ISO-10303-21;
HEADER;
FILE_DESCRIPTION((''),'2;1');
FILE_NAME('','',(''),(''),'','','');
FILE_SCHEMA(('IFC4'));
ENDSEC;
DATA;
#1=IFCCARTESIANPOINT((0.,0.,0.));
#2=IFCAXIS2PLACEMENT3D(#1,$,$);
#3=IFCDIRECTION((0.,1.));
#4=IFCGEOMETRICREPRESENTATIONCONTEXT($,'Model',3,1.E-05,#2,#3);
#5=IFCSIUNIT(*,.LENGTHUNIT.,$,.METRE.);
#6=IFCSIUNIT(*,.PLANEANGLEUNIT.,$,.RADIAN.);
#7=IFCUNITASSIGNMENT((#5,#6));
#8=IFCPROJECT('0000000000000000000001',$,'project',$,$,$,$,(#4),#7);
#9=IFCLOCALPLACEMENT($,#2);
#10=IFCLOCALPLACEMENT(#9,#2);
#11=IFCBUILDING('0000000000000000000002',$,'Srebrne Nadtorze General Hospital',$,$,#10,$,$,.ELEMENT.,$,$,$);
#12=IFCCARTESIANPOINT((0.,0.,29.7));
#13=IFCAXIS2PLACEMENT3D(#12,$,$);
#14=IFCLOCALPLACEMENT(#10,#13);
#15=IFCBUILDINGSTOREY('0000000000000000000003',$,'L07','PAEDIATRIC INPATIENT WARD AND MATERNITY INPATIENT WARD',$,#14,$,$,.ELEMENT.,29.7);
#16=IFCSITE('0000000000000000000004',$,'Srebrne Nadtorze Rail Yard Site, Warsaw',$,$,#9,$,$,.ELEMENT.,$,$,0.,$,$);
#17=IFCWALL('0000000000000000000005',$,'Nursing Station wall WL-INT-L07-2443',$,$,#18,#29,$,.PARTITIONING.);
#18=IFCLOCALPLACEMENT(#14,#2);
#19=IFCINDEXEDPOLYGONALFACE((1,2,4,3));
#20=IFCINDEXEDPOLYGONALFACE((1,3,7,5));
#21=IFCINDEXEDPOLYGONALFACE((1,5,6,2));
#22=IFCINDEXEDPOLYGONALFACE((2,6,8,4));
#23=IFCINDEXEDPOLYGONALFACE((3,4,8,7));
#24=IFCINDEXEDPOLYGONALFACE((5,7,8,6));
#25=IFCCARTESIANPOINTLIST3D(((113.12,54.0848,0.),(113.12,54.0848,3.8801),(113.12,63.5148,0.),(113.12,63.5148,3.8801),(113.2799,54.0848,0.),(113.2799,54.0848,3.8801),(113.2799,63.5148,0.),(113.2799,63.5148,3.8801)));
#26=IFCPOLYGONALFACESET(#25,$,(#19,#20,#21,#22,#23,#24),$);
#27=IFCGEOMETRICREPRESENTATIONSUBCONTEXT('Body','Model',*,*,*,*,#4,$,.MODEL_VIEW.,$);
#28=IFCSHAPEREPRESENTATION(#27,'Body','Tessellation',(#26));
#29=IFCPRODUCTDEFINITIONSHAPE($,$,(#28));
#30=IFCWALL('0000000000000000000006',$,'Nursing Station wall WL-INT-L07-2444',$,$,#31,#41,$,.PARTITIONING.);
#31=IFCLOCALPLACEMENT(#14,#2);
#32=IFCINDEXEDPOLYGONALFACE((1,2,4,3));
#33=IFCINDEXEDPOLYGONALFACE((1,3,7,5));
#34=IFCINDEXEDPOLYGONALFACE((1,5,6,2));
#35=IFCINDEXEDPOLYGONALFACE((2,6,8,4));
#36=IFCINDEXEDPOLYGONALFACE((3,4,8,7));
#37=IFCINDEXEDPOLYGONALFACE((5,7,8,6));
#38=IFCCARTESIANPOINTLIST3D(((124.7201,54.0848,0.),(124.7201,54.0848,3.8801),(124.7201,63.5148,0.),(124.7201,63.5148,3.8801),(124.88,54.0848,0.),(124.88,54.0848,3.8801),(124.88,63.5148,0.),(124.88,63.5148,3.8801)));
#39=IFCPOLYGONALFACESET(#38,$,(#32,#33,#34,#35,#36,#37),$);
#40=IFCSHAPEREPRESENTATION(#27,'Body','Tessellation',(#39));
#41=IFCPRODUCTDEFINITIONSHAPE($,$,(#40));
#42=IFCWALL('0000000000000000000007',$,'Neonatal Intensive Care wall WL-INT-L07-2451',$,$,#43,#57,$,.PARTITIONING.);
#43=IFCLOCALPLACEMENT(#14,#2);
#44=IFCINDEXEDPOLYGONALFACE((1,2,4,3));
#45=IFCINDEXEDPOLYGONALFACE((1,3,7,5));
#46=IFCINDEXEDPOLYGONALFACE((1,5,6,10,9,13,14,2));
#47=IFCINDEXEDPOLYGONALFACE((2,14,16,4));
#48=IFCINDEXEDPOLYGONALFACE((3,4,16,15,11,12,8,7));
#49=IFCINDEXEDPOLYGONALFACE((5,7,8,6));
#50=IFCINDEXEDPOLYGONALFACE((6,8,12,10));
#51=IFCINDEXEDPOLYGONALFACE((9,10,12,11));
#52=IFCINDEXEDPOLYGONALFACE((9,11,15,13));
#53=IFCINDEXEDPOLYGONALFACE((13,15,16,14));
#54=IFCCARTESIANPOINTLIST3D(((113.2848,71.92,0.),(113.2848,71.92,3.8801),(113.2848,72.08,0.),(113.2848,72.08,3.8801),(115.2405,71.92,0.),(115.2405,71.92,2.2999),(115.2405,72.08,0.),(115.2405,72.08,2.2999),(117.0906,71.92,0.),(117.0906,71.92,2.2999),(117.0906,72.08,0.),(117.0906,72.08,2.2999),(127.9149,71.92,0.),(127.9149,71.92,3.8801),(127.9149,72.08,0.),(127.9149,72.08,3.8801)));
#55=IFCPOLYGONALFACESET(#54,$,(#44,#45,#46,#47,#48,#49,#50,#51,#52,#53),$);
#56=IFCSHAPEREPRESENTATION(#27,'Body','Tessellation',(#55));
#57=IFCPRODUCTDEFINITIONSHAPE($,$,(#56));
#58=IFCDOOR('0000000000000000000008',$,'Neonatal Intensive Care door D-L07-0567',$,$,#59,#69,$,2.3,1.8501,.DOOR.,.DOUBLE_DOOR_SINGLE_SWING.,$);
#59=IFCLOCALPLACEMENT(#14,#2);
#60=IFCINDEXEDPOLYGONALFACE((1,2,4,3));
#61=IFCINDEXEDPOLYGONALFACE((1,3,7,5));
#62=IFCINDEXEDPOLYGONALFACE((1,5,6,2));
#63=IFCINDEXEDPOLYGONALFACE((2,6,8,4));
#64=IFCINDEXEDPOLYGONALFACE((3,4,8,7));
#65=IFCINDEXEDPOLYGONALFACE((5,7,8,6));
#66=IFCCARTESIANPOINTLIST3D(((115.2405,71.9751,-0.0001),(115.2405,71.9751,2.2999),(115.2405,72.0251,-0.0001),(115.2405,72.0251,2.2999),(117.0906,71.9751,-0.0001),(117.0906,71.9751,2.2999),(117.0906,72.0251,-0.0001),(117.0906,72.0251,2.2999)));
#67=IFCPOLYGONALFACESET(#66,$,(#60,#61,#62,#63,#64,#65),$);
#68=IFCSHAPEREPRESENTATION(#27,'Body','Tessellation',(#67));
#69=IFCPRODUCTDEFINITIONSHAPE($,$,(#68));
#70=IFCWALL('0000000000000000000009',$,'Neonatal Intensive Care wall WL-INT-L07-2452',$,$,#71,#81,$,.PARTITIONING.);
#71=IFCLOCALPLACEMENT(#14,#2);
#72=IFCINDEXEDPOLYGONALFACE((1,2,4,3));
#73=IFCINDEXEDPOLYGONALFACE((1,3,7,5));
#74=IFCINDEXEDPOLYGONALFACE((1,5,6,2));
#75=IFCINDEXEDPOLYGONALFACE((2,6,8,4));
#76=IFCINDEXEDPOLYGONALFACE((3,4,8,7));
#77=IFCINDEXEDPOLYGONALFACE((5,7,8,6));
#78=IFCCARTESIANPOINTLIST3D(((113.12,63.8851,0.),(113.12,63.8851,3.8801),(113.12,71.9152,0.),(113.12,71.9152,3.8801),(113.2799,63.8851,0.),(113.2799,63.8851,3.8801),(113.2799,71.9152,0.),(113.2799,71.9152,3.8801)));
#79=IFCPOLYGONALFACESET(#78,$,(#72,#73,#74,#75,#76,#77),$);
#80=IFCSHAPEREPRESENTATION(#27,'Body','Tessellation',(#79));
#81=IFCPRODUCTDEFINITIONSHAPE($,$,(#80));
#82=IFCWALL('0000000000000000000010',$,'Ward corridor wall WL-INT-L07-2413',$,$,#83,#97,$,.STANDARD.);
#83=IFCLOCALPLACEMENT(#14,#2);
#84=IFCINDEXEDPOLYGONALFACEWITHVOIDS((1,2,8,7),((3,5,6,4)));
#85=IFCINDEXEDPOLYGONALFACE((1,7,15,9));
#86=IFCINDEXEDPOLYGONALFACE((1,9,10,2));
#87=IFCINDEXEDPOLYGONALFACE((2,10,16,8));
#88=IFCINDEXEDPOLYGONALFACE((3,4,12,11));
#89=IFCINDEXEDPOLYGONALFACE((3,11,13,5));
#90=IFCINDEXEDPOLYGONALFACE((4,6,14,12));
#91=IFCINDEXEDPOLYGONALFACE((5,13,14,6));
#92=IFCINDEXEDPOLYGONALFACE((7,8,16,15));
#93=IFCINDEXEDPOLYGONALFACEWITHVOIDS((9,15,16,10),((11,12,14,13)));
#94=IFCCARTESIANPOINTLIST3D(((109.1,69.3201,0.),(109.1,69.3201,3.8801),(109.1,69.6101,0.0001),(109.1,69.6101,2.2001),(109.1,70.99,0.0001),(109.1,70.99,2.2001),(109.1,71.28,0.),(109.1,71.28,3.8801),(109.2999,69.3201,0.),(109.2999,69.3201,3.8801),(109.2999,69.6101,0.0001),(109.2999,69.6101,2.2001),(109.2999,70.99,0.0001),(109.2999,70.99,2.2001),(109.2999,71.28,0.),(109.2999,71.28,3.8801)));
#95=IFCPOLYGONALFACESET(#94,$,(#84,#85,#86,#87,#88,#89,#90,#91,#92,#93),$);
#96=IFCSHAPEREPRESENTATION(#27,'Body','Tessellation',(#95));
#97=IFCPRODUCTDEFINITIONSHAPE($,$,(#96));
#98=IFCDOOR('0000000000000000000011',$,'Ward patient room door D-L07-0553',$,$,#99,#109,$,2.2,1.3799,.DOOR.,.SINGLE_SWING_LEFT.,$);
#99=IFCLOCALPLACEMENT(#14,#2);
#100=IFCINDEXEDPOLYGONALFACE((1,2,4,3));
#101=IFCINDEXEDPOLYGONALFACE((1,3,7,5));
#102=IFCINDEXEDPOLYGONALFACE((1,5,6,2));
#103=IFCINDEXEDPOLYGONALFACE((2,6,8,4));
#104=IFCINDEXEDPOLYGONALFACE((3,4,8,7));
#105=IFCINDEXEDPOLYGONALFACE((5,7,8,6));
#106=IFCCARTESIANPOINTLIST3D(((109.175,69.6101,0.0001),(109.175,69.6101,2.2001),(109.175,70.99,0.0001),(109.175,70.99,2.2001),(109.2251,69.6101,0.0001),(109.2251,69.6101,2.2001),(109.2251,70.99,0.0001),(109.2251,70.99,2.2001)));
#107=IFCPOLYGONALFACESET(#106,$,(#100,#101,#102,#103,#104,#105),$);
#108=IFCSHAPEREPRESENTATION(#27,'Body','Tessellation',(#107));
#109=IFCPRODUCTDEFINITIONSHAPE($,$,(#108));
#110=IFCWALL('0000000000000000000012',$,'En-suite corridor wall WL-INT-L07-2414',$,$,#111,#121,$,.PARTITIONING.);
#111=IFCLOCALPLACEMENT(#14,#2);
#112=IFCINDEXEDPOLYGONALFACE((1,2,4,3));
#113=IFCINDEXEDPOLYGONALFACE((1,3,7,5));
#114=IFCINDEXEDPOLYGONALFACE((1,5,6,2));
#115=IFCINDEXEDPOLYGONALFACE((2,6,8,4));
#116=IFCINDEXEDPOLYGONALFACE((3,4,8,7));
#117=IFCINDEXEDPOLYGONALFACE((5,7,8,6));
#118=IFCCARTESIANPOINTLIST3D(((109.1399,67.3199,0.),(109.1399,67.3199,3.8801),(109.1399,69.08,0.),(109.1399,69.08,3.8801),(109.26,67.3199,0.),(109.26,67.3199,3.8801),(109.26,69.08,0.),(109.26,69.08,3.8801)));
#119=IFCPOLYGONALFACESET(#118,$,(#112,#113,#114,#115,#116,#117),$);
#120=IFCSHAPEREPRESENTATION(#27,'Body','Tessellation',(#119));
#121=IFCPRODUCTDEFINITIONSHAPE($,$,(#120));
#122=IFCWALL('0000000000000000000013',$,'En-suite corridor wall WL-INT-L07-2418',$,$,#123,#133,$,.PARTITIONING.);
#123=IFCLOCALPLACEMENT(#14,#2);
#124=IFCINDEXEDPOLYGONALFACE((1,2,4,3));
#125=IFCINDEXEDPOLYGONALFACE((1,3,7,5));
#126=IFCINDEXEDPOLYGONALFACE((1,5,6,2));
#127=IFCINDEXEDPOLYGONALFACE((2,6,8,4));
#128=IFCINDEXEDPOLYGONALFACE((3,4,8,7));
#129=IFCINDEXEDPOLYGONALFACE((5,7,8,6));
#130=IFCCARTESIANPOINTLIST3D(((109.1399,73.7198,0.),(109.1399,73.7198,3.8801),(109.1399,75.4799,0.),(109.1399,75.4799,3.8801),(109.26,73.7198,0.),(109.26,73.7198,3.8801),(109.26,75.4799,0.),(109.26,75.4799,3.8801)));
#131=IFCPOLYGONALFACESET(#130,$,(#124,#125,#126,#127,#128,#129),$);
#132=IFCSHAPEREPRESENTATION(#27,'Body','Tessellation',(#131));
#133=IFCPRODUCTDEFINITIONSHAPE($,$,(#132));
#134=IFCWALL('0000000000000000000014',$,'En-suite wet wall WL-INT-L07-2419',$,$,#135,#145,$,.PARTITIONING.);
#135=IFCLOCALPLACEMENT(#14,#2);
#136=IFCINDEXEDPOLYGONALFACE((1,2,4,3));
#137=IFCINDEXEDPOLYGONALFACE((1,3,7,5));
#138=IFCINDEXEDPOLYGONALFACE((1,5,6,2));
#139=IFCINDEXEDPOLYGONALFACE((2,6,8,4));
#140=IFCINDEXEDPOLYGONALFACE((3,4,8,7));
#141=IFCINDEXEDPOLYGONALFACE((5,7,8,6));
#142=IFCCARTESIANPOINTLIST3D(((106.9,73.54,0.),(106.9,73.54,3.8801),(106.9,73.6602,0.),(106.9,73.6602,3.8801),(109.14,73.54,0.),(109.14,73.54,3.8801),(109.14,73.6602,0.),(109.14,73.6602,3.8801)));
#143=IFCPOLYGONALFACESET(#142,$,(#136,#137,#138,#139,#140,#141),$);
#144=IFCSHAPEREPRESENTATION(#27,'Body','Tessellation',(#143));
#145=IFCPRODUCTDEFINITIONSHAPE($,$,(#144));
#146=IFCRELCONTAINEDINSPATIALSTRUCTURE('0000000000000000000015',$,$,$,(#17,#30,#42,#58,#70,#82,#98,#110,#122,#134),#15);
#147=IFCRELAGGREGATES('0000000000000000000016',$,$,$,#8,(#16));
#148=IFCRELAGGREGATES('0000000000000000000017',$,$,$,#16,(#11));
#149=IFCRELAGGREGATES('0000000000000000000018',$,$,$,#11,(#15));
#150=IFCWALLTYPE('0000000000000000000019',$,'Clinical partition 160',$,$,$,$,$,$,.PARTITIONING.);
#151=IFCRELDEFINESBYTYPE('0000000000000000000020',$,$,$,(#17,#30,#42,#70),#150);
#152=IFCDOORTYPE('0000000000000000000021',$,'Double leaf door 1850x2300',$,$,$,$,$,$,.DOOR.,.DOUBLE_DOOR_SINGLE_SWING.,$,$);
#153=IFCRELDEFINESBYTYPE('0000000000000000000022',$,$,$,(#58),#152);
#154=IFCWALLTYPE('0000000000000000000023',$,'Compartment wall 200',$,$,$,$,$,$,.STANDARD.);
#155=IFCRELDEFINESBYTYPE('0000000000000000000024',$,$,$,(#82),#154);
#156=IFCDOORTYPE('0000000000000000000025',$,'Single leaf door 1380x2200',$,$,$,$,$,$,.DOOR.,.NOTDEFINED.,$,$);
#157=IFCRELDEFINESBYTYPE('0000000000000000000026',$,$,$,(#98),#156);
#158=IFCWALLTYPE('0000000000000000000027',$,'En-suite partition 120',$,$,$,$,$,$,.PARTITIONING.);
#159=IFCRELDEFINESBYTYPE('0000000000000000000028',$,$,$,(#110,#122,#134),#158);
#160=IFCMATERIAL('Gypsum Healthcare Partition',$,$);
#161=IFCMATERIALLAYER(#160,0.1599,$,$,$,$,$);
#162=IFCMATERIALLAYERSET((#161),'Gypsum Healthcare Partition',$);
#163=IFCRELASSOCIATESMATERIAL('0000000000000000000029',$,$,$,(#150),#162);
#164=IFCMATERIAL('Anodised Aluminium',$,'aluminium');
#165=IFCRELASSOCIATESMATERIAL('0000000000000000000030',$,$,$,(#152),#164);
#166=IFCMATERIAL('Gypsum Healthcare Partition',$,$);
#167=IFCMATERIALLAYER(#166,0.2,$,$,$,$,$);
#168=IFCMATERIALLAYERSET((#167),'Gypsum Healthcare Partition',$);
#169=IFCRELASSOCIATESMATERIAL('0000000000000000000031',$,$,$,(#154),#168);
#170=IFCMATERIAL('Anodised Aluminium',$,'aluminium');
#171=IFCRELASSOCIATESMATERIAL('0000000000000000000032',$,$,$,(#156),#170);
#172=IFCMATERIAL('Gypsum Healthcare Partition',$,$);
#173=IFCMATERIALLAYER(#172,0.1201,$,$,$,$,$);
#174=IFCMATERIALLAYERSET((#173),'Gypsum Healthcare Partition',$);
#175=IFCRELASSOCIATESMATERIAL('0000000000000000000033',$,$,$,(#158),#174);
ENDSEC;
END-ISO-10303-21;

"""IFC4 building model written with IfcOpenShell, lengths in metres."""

from ifc_helpers import new_model, si_unit, direction, frame, frame_2d, origin, place, context, subcontext, project, spatial, rectangle, extrude, material, layer, layer_set, type_object, element, fill, save


model = new_model("IFC4")

# Units and contexts
model_context = context("Model", 3, precision=1e-05, world=origin(), true_north=direction((0.0, 1.0)))
body_context = subcontext(model_context, "Body", "Model", "MODEL_VIEW")
ifc_project = project(units=[si_unit("LENGTHUNIT", "METRE"), si_unit("PLANEANGLEUNIT", "RADIAN")], contexts=[model_context])

# Site, building, storey
site_placement = place(None, origin())
site = spatial("IfcSite", under=ifc_project, at=site_placement, Name="Srebrne Nadtorze Rail Yard Site, Warsaw", CompositionType="ELEMENT", RefElevation=0.0)
building_placement = place(site_placement, origin())
building = spatial("IfcBuilding", under=site, at=building_placement, Name="Srebrne Nadtorze General Hospital", CompositionType="ELEMENT")
storey_placement = place(building_placement, frame((0.0, 0.0, 29.7)))
storey = spatial("IfcBuildingStorey", under=building, at=storey_placement, Name="L07", Description="PAEDIATRIC INPATIENT WARD AND MATERNITY INPATIENT WARD", CompositionType="ELEMENT", Elevation=29.7)

# Walls
ifc_material_1 = material(Name="Gypsum Healthcare Partition")
ifc_layer_1 = layer(ifc_material_1, 0.1599)
ifc_layer_set_1 = layer_set([ifc_layer_1], Name="Gypsum Healthcare Partition")
wall_type_1 = type_object("IfcWallType", Name="Clinical partition 160", PredefinedType="PARTITIONING", material=ifc_layer_set_1)
for number, where, z_axis, x_axis, name in (
    (1, (113.2, 54.085, 0.0), (0.0, 0.0, 1.0), (0.0, 1.0, 0.0), "Nursing Station wall WL-INT-L07-2443"),
    (2, (124.8, 54.085, 0.0), (0.0, 0.0, 1.0), (0.0, 1.0, 0.0), "Nursing Station wall WL-INT-L07-2444"),
):
    element("IfcWall", number, at=place(storey_placement, frame(where, z_axis=z_axis, x_axis=x_axis)), inside=storey, type_object=wall_type_1, Name=name, PredefinedType="PARTITIONING", context=body_context, shape_type="SweptSolid", body=[
        extrude(rectangle(XDim=9.4299, YDim=0.1599, at=frame_2d((4.7148, 0.0))), origin(), (0.0, 0.0, 1.0), 3.8801),
    ])

# Wall, opening, door
wall_1_placement = place(storey_placement, frame((113.2849, 72.0, 0.0), z_axis=(0.0, 0.0, 1.0), x_axis=(1.0, 0.0, 0.0)))
wall_1 = element("IfcWall", 3, at=wall_1_placement, inside=storey, type_object=wall_type_1, Name="Neonatal Intensive Care wall WL-INT-L07-2451", PredefinedType="PARTITIONING", context=body_context, shape_type="SweptSolid", body=[
    extrude(rectangle(XDim=14.6301, YDim=0.1599, at=frame_2d((7.3149, 0.0))), origin(), (0.0, 0.0, 1.0), 3.8801),
])
opening_1_placement = place(wall_1_placement, frame((1.9556, 0.0, 0.0)))
opening_1 = element("IfcOpeningElement", 4, at=opening_1_placement, cuts=wall_1, PredefinedType="OPENING", context=body_context, shape_type="SweptSolid", body=[
    extrude(rectangle(XDim=1.8501, YDim=2.3, at=frame_2d((0.925, 1.1499))), frame((0.0, 0.0918, 0.0), z_axis=(0.0, -1.0, 0.0), x_axis=(1.0, 0.0, 0.0)), (0.0, 0.0, 1.0), 0.1838),
])
ifc_material_2 = material(Name="Anodised Aluminium", Category="aluminium")
door_type_1 = type_object("IfcDoorType", Name="Double leaf door 1850x2300", OperationType="DOUBLE_DOOR_SINGLE_SWING", PredefinedType="DOOR", material=ifc_material_2)
door_1_placement = place(opening_1_placement, frame((1.8501, 0.0, 0.0), z_axis=(0.0, 0.0, 1.0), x_axis=(-1.0, 0.0, 0.0)))
door_1 = element("IfcDoor", 5, at=door_1_placement, inside=storey, type_object=door_type_1, Name="Neonatal Intensive Care door D-L07-0567", OperationType="DOUBLE_DOOR_SINGLE_SWING", OverallHeight=2.3, OverallWidth=1.8501, PredefinedType="DOOR", context=body_context, shape_type="SweptSolid", body=[
    extrude(rectangle(XDim=1.8501, YDim=2.3, at=frame_2d((0.925, 1.1499))), frame((0.0, 0.0249, 0.0), z_axis=(0.0, -1.0, 0.0), x_axis=(1.0, 0.0, 0.0)), (0.0, 0.0, 1.0), 0.05),
])
fill(opening_1, door_1)

# Wall
wall_2_placement = place(storey_placement, frame((113.2, 63.885, 0.0), z_axis=(0.0, 0.0, 1.0), x_axis=(0.0, 1.0, 0.0)))
element("IfcWall", 6, at=wall_2_placement, inside=storey, type_object=wall_type_1, Name="Neonatal Intensive Care wall WL-INT-L07-2452", PredefinedType="PARTITIONING", context=body_context, shape_type="SweptSolid", body=[
    extrude(rectangle(XDim=8.03, YDim=0.1599, at=frame_2d((4.0151, 0.0))), origin(), (0.0, 0.0, 1.0), 3.8801),
])

# Wall, opening, door
ifc_material_3 = material(Name="Gypsum Healthcare Partition")
ifc_layer_2 = layer(ifc_material_3, 0.2)
ifc_layer_set_2 = layer_set([ifc_layer_2], Name="Gypsum Healthcare Partition")
wall_type_2 = type_object("IfcWallType", Name="Compartment wall 200", PredefinedType="STANDARD", material=ifc_layer_set_2)
wall_3_placement = place(storey_placement, frame((109.2, 69.3201, 0.0), z_axis=(0.0, 0.0, 1.0), x_axis=(0.0, 1.0, 0.0)))
wall_3 = element("IfcWall", 7, at=wall_3_placement, inside=storey, type_object=wall_type_2, Name="Ward corridor wall WL-INT-L07-2413", PredefinedType="STANDARD", context=body_context, shape_type="SweptSolid", body=[
    extrude(rectangle(XDim=1.96, YDim=0.2, at=frame_2d((0.98, 0.0))), origin(), (0.0, 0.0, 1.0), 3.8801),
])
opening_2_placement = place(wall_3_placement, frame((0.29, 0.0, 0.0)))
opening_2 = element("IfcOpeningElement", 8, at=opening_2_placement, cuts=wall_3, PredefinedType="OPENING", context=body_context, shape_type="SweptSolid", body=[
    extrude(rectangle(XDim=1.3799, YDim=2.2, at=frame_2d((0.6899, 1.1001))), frame((0.0, 0.1118, 0.0), z_axis=(0.0, -1.0, 0.0), x_axis=(1.0, 0.0, 0.0)), (0.0, 0.0, 1.0), 0.2239),
])
ifc_material_4 = material(Name="Anodised Aluminium", Category="aluminium")
door_type_2 = type_object("IfcDoorType", Name="Single leaf door 1380x2200", OperationType="NOTDEFINED", PredefinedType="DOOR", material=ifc_material_4)
door_2_placement = place(opening_2_placement, origin())
door_2 = element("IfcDoor", 9, at=door_2_placement, inside=storey, type_object=door_type_2, Name="Ward patient room door D-L07-0553", OperationType="SINGLE_SWING_LEFT", OverallHeight=2.2, OverallWidth=1.3799, PredefinedType="DOOR", context=body_context, shape_type="SweptSolid", body=[
    extrude(rectangle(XDim=1.3799, YDim=2.2, at=frame_2d((0.6899, 1.1001))), frame((0.0, 0.0249, 0.0), z_axis=(0.0, -1.0, 0.0), x_axis=(1.0, 0.0, 0.0)), (0.0, 0.0, 1.0), 0.05),
])
fill(opening_2, door_2)

# Walls
ifc_material_5 = material(Name="Gypsum Healthcare Partition")
ifc_layer_3 = layer(ifc_material_5, 0.1201)
ifc_layer_set_3 = layer_set([ifc_layer_3], Name="Gypsum Healthcare Partition")
wall_type_3 = type_object("IfcWallType", Name="En-suite partition 120", PredefinedType="PARTITIONING", material=ifc_layer_set_3)
for number, where, z_axis, x_axis, name in (
    (10, (109.2, 67.3201, 0.0), (0.0, 0.0, 1.0), (0.0, 1.0, 0.0), "En-suite corridor wall WL-INT-L07-2414"),
    (11, (109.2, 73.72, 0.0), (0.0, 0.0, 1.0), (0.0, 1.0, 0.0), "En-suite corridor wall WL-INT-L07-2418"),
):
    element("IfcWall", number, at=place(storey_placement, frame(where, z_axis=z_axis, x_axis=x_axis)), inside=storey, type_object=wall_type_3, Name=name, PredefinedType="PARTITIONING", context=body_context, shape_type="SweptSolid", body=[
        extrude(rectangle(XDim=1.76, YDim=0.1201, at=frame_2d((0.8799, 0.0))), origin(), (0.0, 0.0, 1.0), 3.8801),
    ])
wall_4_placement = place(storey_placement, frame((106.8999, 73.6001, 0.0), z_axis=(0.0, 0.0, 1.0), x_axis=(1.0, 0.0, 0.0)))
element("IfcWall", 12, at=wall_4_placement, inside=storey, type_object=wall_type_3, Name="En-suite wet wall WL-INT-L07-2419", PredefinedType="PARTITIONING", context=body_context, shape_type="SweptSolid", body=[
    extrude(rectangle(XDim=2.24, YDim=0.1201, at=frame_2d((1.1201, 0.0))), origin(), (0.0, 0.0, 1.0), 3.8801),
])

save(model, "model.ifc")
